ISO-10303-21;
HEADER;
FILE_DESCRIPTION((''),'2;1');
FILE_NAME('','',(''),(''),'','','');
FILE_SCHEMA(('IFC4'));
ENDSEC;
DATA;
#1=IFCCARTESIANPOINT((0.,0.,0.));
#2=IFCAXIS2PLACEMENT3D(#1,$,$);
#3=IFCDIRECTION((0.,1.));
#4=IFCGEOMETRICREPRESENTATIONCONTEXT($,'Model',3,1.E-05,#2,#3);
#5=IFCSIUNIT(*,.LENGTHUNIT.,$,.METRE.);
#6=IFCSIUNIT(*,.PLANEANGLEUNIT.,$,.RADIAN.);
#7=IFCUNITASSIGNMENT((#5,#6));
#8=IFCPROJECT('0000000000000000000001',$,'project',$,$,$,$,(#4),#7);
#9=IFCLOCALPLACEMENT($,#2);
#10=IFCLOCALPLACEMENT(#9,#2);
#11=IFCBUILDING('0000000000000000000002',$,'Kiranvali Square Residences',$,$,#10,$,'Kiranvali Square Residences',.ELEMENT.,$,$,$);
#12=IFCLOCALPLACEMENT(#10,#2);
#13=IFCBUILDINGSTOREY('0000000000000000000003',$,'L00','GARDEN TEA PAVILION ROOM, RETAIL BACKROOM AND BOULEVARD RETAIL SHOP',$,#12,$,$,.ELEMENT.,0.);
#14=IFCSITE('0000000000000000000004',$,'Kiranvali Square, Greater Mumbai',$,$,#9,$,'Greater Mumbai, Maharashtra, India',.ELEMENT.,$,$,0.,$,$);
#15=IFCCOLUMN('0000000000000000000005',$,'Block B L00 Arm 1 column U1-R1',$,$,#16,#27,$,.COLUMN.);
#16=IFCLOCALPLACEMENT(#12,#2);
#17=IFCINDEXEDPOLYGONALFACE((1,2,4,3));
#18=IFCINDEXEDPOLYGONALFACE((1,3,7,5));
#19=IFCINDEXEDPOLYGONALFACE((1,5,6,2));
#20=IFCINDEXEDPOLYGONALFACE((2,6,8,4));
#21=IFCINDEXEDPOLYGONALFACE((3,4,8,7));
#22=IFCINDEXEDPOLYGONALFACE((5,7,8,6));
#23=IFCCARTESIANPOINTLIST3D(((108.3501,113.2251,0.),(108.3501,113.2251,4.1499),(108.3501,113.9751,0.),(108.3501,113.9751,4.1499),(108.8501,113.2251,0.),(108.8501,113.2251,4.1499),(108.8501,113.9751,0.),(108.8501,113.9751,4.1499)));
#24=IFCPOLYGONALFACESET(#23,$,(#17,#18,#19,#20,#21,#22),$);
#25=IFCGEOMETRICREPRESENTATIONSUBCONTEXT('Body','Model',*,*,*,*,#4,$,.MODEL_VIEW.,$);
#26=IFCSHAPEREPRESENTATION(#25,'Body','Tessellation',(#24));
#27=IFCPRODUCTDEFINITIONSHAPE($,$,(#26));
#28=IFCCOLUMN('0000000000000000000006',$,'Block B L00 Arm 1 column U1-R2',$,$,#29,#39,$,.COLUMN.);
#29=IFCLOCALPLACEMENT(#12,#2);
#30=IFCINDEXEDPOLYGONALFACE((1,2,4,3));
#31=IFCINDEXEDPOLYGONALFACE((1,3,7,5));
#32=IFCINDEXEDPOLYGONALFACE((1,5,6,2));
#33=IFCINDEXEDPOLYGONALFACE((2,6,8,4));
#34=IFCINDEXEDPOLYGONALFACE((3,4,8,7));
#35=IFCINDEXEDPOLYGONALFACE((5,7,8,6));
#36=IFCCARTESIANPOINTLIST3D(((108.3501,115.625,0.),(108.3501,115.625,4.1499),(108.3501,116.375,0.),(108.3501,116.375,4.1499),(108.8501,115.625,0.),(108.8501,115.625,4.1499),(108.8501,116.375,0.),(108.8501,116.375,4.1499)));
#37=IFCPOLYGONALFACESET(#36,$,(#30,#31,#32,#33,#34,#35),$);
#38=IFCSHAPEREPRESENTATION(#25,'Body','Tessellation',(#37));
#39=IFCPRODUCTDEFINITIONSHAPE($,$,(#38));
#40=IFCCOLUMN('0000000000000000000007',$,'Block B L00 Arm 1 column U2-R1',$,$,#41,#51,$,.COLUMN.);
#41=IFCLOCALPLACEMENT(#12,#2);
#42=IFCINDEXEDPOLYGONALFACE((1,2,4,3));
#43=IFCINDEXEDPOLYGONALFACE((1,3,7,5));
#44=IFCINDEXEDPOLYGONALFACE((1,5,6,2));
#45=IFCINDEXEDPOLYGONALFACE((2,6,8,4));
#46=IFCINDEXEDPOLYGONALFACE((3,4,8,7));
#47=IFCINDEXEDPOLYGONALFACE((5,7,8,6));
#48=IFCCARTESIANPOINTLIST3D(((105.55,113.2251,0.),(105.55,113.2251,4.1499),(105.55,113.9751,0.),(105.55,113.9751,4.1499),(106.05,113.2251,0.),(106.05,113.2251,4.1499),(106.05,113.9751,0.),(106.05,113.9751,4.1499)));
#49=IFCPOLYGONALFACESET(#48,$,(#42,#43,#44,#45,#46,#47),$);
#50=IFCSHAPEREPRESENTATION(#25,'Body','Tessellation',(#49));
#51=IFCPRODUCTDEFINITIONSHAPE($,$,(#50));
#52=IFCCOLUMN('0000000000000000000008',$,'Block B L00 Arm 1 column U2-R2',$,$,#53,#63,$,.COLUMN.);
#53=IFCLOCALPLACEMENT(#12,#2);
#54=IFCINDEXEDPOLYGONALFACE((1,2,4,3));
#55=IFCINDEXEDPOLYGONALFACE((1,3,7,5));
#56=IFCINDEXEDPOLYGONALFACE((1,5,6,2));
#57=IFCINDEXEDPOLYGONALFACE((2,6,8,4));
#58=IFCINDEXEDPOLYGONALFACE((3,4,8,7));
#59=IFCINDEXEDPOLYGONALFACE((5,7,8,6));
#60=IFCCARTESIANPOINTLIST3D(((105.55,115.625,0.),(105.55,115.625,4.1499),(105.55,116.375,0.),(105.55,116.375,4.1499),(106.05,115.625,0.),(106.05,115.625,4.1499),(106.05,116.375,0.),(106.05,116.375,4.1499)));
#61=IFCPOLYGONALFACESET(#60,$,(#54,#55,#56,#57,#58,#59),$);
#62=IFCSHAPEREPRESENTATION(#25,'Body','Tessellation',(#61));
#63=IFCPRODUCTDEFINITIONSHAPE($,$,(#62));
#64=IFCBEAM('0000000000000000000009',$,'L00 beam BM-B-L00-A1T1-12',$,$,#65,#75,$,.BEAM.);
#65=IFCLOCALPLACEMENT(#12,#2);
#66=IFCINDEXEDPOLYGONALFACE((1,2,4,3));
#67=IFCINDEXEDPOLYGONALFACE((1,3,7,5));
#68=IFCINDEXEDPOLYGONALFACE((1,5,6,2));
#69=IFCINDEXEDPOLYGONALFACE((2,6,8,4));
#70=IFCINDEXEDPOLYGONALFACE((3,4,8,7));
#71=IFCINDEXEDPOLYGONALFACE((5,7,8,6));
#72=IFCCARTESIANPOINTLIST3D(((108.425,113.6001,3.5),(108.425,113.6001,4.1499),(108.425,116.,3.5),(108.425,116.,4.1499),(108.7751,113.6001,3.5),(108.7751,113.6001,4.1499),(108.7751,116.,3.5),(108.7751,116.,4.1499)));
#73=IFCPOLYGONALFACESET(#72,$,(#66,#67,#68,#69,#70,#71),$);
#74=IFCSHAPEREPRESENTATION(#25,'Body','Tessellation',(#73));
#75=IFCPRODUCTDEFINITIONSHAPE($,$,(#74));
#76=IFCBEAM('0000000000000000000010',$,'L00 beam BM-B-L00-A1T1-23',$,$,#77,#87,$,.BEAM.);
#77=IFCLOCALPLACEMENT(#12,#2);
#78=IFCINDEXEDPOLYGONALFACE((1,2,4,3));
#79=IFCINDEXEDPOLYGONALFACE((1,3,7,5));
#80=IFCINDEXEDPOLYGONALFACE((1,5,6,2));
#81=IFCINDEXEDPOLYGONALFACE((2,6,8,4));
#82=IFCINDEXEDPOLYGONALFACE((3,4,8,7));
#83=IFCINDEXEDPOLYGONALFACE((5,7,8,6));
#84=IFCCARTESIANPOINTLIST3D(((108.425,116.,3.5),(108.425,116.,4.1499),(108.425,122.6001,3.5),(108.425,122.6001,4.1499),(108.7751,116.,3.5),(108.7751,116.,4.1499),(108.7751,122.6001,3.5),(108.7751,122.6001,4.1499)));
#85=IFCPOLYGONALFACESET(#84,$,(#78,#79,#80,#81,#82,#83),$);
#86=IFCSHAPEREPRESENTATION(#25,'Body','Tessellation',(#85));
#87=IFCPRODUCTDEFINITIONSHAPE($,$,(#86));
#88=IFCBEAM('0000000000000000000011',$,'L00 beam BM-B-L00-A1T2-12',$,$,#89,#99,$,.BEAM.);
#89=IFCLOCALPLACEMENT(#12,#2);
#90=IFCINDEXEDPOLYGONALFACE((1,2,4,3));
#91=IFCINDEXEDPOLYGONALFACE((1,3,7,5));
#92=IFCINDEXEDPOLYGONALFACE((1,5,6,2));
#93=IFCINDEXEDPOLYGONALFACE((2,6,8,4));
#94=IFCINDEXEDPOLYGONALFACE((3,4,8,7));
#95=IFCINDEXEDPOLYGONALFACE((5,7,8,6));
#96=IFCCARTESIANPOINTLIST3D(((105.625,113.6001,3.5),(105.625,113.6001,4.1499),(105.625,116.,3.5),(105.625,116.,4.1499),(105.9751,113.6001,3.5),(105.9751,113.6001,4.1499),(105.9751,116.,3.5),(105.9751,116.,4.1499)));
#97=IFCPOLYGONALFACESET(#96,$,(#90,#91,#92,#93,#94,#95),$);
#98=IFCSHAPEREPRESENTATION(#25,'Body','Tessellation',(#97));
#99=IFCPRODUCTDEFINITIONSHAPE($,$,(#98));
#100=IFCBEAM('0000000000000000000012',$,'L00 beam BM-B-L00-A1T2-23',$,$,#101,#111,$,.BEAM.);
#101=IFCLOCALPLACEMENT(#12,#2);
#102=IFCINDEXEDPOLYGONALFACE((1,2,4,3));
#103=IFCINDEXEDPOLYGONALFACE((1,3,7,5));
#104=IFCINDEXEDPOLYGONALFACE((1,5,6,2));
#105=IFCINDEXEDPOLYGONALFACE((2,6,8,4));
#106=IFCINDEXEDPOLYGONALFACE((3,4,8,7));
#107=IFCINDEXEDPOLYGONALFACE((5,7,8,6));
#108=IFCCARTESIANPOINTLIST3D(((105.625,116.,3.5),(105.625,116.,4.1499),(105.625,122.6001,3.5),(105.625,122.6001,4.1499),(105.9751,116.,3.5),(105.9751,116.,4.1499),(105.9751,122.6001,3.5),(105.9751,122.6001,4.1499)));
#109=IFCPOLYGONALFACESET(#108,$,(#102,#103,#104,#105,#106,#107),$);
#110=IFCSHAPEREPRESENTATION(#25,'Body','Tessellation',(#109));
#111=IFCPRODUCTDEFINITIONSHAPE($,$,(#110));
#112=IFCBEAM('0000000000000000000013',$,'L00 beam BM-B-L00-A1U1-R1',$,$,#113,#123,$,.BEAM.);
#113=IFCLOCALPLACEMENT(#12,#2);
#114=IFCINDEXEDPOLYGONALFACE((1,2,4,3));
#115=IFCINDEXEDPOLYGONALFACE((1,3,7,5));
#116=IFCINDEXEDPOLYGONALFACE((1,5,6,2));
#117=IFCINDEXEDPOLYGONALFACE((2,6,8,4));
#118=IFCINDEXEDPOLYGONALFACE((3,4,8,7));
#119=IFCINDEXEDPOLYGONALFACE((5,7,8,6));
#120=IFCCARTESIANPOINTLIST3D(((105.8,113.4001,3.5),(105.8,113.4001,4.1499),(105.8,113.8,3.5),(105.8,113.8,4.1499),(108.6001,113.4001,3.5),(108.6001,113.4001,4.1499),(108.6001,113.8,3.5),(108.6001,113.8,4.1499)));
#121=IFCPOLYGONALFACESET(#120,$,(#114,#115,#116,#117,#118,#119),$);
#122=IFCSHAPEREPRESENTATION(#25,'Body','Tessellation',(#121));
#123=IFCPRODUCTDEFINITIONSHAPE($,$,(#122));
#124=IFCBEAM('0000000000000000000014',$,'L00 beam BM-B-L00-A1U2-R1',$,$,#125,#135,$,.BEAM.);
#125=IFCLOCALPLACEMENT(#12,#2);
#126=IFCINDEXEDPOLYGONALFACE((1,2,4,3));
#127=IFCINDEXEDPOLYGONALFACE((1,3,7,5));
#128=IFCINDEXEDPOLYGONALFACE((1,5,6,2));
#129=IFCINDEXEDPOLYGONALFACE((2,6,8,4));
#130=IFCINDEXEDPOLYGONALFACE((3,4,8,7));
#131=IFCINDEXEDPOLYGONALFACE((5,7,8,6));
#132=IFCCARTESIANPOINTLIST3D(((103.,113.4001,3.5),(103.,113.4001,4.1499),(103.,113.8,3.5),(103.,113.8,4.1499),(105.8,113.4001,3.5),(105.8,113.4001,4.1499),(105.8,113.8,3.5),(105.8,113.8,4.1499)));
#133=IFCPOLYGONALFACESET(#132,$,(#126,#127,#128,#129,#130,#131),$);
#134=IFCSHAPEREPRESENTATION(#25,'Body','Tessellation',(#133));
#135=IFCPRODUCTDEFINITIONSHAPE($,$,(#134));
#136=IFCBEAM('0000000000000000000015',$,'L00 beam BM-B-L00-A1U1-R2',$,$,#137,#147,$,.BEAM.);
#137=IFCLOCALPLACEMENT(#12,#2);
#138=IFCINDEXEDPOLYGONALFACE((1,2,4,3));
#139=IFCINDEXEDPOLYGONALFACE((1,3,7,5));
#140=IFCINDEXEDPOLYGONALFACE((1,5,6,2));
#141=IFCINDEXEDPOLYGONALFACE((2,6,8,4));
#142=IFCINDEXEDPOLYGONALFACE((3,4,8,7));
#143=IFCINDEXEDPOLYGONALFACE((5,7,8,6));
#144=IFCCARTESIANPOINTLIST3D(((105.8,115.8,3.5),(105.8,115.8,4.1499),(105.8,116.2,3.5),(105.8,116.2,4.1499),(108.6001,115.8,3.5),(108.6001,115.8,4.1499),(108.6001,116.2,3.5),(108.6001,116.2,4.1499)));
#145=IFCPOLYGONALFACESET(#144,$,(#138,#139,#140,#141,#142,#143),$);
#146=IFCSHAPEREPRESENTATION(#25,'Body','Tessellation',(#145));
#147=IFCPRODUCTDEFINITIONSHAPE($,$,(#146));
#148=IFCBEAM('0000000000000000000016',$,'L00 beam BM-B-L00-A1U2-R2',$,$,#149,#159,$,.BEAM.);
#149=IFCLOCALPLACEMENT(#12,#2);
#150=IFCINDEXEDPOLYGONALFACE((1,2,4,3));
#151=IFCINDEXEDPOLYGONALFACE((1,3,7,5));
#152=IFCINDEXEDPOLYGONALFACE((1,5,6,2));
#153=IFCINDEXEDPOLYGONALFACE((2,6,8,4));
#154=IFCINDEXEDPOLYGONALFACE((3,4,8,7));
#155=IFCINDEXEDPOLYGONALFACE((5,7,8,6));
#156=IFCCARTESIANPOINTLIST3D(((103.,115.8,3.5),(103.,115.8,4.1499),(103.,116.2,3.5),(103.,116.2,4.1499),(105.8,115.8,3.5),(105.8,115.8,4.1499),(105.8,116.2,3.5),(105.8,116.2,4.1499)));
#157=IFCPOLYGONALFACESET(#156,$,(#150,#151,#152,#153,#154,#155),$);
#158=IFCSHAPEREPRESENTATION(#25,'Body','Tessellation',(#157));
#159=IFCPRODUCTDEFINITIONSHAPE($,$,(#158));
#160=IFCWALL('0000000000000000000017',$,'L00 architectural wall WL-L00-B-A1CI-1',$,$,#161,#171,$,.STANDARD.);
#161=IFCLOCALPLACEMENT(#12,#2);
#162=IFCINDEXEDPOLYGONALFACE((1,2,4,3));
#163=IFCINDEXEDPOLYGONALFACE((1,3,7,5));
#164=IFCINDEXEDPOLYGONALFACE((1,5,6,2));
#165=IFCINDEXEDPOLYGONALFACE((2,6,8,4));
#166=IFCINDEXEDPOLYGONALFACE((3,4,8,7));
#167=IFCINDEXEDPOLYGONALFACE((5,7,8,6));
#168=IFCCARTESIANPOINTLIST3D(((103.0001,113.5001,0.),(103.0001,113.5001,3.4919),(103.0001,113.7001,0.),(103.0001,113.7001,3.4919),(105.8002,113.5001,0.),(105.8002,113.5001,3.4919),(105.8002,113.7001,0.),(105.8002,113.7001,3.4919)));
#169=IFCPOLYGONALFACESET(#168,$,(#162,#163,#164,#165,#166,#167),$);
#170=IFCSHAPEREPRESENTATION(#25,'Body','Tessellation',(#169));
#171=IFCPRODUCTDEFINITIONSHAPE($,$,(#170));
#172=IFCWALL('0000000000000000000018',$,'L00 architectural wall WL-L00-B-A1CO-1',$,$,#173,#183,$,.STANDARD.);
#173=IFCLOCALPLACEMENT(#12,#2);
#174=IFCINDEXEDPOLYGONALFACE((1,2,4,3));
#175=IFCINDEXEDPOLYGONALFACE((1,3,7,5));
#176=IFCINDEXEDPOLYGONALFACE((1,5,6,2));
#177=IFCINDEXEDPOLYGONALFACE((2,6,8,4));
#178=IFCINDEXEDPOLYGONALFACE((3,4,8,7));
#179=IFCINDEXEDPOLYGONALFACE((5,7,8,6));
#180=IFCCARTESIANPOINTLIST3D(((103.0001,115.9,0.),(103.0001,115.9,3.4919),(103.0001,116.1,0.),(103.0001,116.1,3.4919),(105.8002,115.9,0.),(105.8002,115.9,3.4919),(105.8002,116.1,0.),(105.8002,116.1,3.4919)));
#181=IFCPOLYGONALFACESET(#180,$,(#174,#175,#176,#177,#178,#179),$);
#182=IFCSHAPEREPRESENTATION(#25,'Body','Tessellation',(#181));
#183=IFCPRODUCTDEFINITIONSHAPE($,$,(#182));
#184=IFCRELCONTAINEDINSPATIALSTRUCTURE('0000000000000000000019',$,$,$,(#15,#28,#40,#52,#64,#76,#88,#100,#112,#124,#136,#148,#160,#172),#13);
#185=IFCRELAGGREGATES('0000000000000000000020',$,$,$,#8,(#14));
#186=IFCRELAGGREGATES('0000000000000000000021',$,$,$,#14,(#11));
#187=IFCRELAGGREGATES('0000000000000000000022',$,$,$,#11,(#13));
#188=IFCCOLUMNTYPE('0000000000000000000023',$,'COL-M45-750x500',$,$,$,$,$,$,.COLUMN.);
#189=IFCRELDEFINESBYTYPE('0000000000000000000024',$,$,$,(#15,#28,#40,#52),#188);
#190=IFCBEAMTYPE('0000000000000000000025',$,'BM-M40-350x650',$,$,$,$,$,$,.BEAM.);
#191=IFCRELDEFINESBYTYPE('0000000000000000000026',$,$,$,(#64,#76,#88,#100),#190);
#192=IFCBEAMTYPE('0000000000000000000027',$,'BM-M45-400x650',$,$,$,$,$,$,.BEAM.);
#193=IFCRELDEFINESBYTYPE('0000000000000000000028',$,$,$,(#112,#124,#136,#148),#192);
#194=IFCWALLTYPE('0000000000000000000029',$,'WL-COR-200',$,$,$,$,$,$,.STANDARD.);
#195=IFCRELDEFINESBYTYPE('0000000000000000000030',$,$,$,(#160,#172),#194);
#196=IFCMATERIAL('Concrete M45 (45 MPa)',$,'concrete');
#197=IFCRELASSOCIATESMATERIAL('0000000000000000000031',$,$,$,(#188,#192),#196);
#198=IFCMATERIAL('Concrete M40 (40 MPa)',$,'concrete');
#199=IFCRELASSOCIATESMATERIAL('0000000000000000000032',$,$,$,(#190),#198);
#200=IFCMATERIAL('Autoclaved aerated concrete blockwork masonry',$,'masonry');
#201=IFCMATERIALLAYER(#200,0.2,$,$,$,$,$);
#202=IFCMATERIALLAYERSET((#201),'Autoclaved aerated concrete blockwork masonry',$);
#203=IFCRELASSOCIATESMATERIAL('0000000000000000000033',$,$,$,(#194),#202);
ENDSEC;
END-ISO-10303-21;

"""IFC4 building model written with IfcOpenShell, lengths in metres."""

from ifc_helpers import new_model, si_unit, direction, frame, frame_2d, origin, origin_2d, place, context, subcontext, project, spatial, rectangle, extrude, material, layer, layer_set, material_profile, profile_set, type_object, element, save


model = new_model("IFC4")

# Units and contexts
model_context = context("Model", 3, precision=1e-05, world=origin(), true_north=direction((0.0, 1.0)))
body_context = subcontext(model_context, "Body", "Model", "MODEL_VIEW")
ifc_project = project(units=[si_unit("LENGTHUNIT", "METRE"), si_unit("PLANEANGLEUNIT", "RADIAN")], contexts=[model_context])

# Site, building, storey
site_placement = place(None, origin())
site = spatial("IfcSite", under=ifc_project, at=site_placement, Name="Kiranvali Square, Greater Mumbai", LongName="Greater Mumbai, Maharashtra, India", CompositionType="ELEMENT", RefElevation=0.0)
building_placement = place(site_placement, origin())
building = spatial("IfcBuilding", under=site, at=building_placement, Name="Kiranvali Square Residences", LongName="Kiranvali Square Residences", CompositionType="ELEMENT")
storey_placement = place(building_placement, origin())
storey = spatial("IfcBuildingStorey", under=building, at=storey_placement, Name="L00", Description="GARDEN TEA PAVILION ROOM, RETAIL BACKROOM AND BOULEVARD RETAIL SHOP", CompositionType="ELEMENT", Elevation=0.0)

# Columns
ifc_material_1 = material(Name="Concrete M45 (45 MPa)", Category="concrete")
ifc_material_profile_1 = material_profile(ifc_material_1, rectangle(XDim=0.5, YDim=0.75, at=origin_2d()), Name="RC 750x500")
ifc_profile_set_1 = profile_set([ifc_material_profile_1], Name="Concrete M45 (45 MPa)")
column_type = type_object("IfcColumnType", Name="COL-M45-750x500", PredefinedType="COLUMN", material=ifc_profile_set_1)
for number, where, z_axis, x_axis, name in (
    (1, (108.6001, 113.6001, 0.0), (0.0, 0.0, 1.0), (1.0, 0.0, 0.0), "Block B L00 Arm 1 column U1-R1"),
    (2, (108.6001, 116.0, 0.0), (0.0, 0.0, 1.0), (1.0, 0.0, 0.0), "Block B L00 Arm 1 column U1-R2"),
    (3, (105.8, 113.6001, 0.0), (0.0, 0.0, 1.0), (1.0, 0.0, 0.0), "Block B L00 Arm 1 column U2-R1"),
    (4, (105.8, 116.0, 0.0), (0.0, 0.0, 1.0), (1.0, 0.0, 0.0), "Block B L00 Arm 1 column U2-R2"),
):
    element("IfcColumn", number, at=place(storey_placement, frame(where, z_axis=z_axis, x_axis=x_axis)), inside=storey, type_object=column_type, Name=name, PredefinedType="COLUMN", context=body_context, shape_type="SweptSolid", body=[
        extrude(rectangle(XDim=0.5, YDim=0.75, at=origin_2d()), origin(), (0.0, 0.0, 1.0), 4.1499),
    ])

# Beams
ifc_material_2 = material(Name="Concrete M40 (40 MPa)", Category="concrete")
ifc_material_profile_2 = material_profile(ifc_material_2, rectangle(XDim=0.3501, YDim=0.6499, at=origin_2d()), Name="RC 350x650")
ifc_profile_set_2 = profile_set([ifc_material_profile_2], Name="Concrete M40 (40 MPa)")
beam_type_1 = type_object("IfcBeamType", Name="BM-M40-350x650", PredefinedType="BEAM", material=ifc_profile_set_2)
beam_1_placement = place(storey_placement, frame((108.6001, 113.6001, 3.825), z_axis=(0.0, 1.0, 0.0), x_axis=(-1.0, 0.0, 0.0)))
element("IfcBeam", 5, at=beam_1_placement, inside=storey, type_object=beam_type_1, Name="L00 beam BM-B-L00-A1T1-12", PredefinedType="BEAM", context=body_context, shape_type="SweptSolid", body=[
    extrude(rectangle(XDim=0.3501, YDim=0.6499, at=origin_2d()), origin(), (0.0, 0.0, 1.0), 2.3999),
])
beam_2_placement = place(storey_placement, frame((108.6001, 116.0, 3.825), z_axis=(0.0, 1.0, 0.0), x_axis=(-1.0, 0.0, 0.0)))
element("IfcBeam", 6, at=beam_2_placement, inside=storey, type_object=beam_type_1, Name="L00 beam BM-B-L00-A1T1-23", PredefinedType="BEAM", context=body_context, shape_type="SweptSolid", body=[
    extrude(rectangle(XDim=0.3501, YDim=0.6499, at=origin_2d()), origin(), (0.0, 0.0, 1.0), 6.6001),
])
beam_3_placement = place(storey_placement, frame((105.8, 113.6001, 3.825), z_axis=(0.0, 1.0, 0.0), x_axis=(-1.0, 0.0, 0.0)))
element("IfcBeam", 7, at=beam_3_placement, inside=storey, type_object=beam_type_1, Name="L00 beam BM-B-L00-A1T2-12", PredefinedType="BEAM", context=body_context, shape_type="SweptSolid", body=[
    extrude(rectangle(XDim=0.3501, YDim=0.6499, at=origin_2d()), origin(), (0.0, 0.0, 1.0), 2.3999),
])
beam_4_placement = place(storey_placement, frame((105.8, 116.0, 3.825), z_axis=(0.0, 1.0, 0.0), x_axis=(-1.0, 0.0, 0.0)))
element("IfcBeam", 8, at=beam_4_placement, inside=storey, type_object=beam_type_1, Name="L00 beam BM-B-L00-A1T2-23", PredefinedType="BEAM", context=body_context, shape_type="SweptSolid", body=[
    extrude(rectangle(XDim=0.3501, YDim=0.6499, at=origin_2d()), origin(), (0.0, 0.0, 1.0), 6.6001),
])
ifc_material_profile_3 = material_profile(ifc_material_1, rectangle(XDim=0.3999, YDim=0.6499, at=origin_2d()), Name="RC 400x650")
ifc_profile_set_3 = profile_set([ifc_material_profile_3], Name="Concrete M45 (45 MPa)")
beam_type_2 = type_object("IfcBeamType", Name="BM-M45-400x650", PredefinedType="BEAM", material=ifc_profile_set_3)
for number, where, z_axis, x_axis, name in (
    (9, (108.6001, 113.6001, 3.825), (-1.0, 0.0, 0.0), (0.0, -1.0, 0.0), "L00 beam BM-B-L00-A1U1-R1"),
    (10, (105.8, 113.6001, 3.825), (-1.0, 0.0, 0.0), (0.0, -1.0, 0.0), "L00 beam BM-B-L00-A1U2-R1"),
    (11, (108.6001, 116.0, 3.825), (-1.0, 0.0, 0.0), (0.0, -1.0, 0.0), "L00 beam BM-B-L00-A1U1-R2"),
    (12, (105.8, 116.0, 3.825), (-1.0, 0.0, 0.0), (0.0, -1.0, 0.0), "L00 beam BM-B-L00-A1U2-R2"),
):
    element("IfcBeam", number, at=place(storey_placement, frame(where, z_axis=z_axis, x_axis=x_axis)), inside=storey, type_object=beam_type_2, Name=name, PredefinedType="BEAM", context=body_context, shape_type="SweptSolid", body=[
        extrude(rectangle(XDim=0.3999, YDim=0.6499, at=origin_2d()), origin(), (0.0, 0.0, 1.0), 2.8),
    ])

# Shared definitions
ifc_material_3 = material(Name="Autoclaved aerated concrete blockwork masonry", Category="masonry")
ifc_layer_1 = layer(ifc_material_3, 0.2)
ifc_layer_set_1 = layer_set([ifc_layer_1], Name="Autoclaved aerated concrete blockwork masonry")
wall_type_1 = type_object("IfcWallType", Name="WL-COR-200", PredefinedType="STANDARD", material=ifc_layer_set_1)

# Walls
for number, where, z_axis, x_axis, name in (
    (13, (105.8, 113.6001, 0.0), (0.0, 0.0, 1.0), (-1.0, 0.0, 0.0), "L00 architectural wall WL-L00-B-A1CI-1"),
    (14, (105.8, 116.0, 0.0), (0.0, 0.0, 1.0), (-1.0, 0.0, 0.0), "L00 architectural wall WL-L00-B-A1CO-1"),
):
    element("IfcWall", number, at=place(storey_placement, frame(where, z_axis=z_axis, x_axis=x_axis)), inside=storey, type_object=wall_type_1, Name=name, PredefinedType="STANDARD", context=body_context, shape_type="SweptSolid", body=[
        extrude(rectangle(XDim=2.8, YDim=0.2, at=frame_2d((1.3999, 0.0))), origin(), (0.0, 0.0, 1.0), 3.4919),
    ])

save(model, "model.ifc")
